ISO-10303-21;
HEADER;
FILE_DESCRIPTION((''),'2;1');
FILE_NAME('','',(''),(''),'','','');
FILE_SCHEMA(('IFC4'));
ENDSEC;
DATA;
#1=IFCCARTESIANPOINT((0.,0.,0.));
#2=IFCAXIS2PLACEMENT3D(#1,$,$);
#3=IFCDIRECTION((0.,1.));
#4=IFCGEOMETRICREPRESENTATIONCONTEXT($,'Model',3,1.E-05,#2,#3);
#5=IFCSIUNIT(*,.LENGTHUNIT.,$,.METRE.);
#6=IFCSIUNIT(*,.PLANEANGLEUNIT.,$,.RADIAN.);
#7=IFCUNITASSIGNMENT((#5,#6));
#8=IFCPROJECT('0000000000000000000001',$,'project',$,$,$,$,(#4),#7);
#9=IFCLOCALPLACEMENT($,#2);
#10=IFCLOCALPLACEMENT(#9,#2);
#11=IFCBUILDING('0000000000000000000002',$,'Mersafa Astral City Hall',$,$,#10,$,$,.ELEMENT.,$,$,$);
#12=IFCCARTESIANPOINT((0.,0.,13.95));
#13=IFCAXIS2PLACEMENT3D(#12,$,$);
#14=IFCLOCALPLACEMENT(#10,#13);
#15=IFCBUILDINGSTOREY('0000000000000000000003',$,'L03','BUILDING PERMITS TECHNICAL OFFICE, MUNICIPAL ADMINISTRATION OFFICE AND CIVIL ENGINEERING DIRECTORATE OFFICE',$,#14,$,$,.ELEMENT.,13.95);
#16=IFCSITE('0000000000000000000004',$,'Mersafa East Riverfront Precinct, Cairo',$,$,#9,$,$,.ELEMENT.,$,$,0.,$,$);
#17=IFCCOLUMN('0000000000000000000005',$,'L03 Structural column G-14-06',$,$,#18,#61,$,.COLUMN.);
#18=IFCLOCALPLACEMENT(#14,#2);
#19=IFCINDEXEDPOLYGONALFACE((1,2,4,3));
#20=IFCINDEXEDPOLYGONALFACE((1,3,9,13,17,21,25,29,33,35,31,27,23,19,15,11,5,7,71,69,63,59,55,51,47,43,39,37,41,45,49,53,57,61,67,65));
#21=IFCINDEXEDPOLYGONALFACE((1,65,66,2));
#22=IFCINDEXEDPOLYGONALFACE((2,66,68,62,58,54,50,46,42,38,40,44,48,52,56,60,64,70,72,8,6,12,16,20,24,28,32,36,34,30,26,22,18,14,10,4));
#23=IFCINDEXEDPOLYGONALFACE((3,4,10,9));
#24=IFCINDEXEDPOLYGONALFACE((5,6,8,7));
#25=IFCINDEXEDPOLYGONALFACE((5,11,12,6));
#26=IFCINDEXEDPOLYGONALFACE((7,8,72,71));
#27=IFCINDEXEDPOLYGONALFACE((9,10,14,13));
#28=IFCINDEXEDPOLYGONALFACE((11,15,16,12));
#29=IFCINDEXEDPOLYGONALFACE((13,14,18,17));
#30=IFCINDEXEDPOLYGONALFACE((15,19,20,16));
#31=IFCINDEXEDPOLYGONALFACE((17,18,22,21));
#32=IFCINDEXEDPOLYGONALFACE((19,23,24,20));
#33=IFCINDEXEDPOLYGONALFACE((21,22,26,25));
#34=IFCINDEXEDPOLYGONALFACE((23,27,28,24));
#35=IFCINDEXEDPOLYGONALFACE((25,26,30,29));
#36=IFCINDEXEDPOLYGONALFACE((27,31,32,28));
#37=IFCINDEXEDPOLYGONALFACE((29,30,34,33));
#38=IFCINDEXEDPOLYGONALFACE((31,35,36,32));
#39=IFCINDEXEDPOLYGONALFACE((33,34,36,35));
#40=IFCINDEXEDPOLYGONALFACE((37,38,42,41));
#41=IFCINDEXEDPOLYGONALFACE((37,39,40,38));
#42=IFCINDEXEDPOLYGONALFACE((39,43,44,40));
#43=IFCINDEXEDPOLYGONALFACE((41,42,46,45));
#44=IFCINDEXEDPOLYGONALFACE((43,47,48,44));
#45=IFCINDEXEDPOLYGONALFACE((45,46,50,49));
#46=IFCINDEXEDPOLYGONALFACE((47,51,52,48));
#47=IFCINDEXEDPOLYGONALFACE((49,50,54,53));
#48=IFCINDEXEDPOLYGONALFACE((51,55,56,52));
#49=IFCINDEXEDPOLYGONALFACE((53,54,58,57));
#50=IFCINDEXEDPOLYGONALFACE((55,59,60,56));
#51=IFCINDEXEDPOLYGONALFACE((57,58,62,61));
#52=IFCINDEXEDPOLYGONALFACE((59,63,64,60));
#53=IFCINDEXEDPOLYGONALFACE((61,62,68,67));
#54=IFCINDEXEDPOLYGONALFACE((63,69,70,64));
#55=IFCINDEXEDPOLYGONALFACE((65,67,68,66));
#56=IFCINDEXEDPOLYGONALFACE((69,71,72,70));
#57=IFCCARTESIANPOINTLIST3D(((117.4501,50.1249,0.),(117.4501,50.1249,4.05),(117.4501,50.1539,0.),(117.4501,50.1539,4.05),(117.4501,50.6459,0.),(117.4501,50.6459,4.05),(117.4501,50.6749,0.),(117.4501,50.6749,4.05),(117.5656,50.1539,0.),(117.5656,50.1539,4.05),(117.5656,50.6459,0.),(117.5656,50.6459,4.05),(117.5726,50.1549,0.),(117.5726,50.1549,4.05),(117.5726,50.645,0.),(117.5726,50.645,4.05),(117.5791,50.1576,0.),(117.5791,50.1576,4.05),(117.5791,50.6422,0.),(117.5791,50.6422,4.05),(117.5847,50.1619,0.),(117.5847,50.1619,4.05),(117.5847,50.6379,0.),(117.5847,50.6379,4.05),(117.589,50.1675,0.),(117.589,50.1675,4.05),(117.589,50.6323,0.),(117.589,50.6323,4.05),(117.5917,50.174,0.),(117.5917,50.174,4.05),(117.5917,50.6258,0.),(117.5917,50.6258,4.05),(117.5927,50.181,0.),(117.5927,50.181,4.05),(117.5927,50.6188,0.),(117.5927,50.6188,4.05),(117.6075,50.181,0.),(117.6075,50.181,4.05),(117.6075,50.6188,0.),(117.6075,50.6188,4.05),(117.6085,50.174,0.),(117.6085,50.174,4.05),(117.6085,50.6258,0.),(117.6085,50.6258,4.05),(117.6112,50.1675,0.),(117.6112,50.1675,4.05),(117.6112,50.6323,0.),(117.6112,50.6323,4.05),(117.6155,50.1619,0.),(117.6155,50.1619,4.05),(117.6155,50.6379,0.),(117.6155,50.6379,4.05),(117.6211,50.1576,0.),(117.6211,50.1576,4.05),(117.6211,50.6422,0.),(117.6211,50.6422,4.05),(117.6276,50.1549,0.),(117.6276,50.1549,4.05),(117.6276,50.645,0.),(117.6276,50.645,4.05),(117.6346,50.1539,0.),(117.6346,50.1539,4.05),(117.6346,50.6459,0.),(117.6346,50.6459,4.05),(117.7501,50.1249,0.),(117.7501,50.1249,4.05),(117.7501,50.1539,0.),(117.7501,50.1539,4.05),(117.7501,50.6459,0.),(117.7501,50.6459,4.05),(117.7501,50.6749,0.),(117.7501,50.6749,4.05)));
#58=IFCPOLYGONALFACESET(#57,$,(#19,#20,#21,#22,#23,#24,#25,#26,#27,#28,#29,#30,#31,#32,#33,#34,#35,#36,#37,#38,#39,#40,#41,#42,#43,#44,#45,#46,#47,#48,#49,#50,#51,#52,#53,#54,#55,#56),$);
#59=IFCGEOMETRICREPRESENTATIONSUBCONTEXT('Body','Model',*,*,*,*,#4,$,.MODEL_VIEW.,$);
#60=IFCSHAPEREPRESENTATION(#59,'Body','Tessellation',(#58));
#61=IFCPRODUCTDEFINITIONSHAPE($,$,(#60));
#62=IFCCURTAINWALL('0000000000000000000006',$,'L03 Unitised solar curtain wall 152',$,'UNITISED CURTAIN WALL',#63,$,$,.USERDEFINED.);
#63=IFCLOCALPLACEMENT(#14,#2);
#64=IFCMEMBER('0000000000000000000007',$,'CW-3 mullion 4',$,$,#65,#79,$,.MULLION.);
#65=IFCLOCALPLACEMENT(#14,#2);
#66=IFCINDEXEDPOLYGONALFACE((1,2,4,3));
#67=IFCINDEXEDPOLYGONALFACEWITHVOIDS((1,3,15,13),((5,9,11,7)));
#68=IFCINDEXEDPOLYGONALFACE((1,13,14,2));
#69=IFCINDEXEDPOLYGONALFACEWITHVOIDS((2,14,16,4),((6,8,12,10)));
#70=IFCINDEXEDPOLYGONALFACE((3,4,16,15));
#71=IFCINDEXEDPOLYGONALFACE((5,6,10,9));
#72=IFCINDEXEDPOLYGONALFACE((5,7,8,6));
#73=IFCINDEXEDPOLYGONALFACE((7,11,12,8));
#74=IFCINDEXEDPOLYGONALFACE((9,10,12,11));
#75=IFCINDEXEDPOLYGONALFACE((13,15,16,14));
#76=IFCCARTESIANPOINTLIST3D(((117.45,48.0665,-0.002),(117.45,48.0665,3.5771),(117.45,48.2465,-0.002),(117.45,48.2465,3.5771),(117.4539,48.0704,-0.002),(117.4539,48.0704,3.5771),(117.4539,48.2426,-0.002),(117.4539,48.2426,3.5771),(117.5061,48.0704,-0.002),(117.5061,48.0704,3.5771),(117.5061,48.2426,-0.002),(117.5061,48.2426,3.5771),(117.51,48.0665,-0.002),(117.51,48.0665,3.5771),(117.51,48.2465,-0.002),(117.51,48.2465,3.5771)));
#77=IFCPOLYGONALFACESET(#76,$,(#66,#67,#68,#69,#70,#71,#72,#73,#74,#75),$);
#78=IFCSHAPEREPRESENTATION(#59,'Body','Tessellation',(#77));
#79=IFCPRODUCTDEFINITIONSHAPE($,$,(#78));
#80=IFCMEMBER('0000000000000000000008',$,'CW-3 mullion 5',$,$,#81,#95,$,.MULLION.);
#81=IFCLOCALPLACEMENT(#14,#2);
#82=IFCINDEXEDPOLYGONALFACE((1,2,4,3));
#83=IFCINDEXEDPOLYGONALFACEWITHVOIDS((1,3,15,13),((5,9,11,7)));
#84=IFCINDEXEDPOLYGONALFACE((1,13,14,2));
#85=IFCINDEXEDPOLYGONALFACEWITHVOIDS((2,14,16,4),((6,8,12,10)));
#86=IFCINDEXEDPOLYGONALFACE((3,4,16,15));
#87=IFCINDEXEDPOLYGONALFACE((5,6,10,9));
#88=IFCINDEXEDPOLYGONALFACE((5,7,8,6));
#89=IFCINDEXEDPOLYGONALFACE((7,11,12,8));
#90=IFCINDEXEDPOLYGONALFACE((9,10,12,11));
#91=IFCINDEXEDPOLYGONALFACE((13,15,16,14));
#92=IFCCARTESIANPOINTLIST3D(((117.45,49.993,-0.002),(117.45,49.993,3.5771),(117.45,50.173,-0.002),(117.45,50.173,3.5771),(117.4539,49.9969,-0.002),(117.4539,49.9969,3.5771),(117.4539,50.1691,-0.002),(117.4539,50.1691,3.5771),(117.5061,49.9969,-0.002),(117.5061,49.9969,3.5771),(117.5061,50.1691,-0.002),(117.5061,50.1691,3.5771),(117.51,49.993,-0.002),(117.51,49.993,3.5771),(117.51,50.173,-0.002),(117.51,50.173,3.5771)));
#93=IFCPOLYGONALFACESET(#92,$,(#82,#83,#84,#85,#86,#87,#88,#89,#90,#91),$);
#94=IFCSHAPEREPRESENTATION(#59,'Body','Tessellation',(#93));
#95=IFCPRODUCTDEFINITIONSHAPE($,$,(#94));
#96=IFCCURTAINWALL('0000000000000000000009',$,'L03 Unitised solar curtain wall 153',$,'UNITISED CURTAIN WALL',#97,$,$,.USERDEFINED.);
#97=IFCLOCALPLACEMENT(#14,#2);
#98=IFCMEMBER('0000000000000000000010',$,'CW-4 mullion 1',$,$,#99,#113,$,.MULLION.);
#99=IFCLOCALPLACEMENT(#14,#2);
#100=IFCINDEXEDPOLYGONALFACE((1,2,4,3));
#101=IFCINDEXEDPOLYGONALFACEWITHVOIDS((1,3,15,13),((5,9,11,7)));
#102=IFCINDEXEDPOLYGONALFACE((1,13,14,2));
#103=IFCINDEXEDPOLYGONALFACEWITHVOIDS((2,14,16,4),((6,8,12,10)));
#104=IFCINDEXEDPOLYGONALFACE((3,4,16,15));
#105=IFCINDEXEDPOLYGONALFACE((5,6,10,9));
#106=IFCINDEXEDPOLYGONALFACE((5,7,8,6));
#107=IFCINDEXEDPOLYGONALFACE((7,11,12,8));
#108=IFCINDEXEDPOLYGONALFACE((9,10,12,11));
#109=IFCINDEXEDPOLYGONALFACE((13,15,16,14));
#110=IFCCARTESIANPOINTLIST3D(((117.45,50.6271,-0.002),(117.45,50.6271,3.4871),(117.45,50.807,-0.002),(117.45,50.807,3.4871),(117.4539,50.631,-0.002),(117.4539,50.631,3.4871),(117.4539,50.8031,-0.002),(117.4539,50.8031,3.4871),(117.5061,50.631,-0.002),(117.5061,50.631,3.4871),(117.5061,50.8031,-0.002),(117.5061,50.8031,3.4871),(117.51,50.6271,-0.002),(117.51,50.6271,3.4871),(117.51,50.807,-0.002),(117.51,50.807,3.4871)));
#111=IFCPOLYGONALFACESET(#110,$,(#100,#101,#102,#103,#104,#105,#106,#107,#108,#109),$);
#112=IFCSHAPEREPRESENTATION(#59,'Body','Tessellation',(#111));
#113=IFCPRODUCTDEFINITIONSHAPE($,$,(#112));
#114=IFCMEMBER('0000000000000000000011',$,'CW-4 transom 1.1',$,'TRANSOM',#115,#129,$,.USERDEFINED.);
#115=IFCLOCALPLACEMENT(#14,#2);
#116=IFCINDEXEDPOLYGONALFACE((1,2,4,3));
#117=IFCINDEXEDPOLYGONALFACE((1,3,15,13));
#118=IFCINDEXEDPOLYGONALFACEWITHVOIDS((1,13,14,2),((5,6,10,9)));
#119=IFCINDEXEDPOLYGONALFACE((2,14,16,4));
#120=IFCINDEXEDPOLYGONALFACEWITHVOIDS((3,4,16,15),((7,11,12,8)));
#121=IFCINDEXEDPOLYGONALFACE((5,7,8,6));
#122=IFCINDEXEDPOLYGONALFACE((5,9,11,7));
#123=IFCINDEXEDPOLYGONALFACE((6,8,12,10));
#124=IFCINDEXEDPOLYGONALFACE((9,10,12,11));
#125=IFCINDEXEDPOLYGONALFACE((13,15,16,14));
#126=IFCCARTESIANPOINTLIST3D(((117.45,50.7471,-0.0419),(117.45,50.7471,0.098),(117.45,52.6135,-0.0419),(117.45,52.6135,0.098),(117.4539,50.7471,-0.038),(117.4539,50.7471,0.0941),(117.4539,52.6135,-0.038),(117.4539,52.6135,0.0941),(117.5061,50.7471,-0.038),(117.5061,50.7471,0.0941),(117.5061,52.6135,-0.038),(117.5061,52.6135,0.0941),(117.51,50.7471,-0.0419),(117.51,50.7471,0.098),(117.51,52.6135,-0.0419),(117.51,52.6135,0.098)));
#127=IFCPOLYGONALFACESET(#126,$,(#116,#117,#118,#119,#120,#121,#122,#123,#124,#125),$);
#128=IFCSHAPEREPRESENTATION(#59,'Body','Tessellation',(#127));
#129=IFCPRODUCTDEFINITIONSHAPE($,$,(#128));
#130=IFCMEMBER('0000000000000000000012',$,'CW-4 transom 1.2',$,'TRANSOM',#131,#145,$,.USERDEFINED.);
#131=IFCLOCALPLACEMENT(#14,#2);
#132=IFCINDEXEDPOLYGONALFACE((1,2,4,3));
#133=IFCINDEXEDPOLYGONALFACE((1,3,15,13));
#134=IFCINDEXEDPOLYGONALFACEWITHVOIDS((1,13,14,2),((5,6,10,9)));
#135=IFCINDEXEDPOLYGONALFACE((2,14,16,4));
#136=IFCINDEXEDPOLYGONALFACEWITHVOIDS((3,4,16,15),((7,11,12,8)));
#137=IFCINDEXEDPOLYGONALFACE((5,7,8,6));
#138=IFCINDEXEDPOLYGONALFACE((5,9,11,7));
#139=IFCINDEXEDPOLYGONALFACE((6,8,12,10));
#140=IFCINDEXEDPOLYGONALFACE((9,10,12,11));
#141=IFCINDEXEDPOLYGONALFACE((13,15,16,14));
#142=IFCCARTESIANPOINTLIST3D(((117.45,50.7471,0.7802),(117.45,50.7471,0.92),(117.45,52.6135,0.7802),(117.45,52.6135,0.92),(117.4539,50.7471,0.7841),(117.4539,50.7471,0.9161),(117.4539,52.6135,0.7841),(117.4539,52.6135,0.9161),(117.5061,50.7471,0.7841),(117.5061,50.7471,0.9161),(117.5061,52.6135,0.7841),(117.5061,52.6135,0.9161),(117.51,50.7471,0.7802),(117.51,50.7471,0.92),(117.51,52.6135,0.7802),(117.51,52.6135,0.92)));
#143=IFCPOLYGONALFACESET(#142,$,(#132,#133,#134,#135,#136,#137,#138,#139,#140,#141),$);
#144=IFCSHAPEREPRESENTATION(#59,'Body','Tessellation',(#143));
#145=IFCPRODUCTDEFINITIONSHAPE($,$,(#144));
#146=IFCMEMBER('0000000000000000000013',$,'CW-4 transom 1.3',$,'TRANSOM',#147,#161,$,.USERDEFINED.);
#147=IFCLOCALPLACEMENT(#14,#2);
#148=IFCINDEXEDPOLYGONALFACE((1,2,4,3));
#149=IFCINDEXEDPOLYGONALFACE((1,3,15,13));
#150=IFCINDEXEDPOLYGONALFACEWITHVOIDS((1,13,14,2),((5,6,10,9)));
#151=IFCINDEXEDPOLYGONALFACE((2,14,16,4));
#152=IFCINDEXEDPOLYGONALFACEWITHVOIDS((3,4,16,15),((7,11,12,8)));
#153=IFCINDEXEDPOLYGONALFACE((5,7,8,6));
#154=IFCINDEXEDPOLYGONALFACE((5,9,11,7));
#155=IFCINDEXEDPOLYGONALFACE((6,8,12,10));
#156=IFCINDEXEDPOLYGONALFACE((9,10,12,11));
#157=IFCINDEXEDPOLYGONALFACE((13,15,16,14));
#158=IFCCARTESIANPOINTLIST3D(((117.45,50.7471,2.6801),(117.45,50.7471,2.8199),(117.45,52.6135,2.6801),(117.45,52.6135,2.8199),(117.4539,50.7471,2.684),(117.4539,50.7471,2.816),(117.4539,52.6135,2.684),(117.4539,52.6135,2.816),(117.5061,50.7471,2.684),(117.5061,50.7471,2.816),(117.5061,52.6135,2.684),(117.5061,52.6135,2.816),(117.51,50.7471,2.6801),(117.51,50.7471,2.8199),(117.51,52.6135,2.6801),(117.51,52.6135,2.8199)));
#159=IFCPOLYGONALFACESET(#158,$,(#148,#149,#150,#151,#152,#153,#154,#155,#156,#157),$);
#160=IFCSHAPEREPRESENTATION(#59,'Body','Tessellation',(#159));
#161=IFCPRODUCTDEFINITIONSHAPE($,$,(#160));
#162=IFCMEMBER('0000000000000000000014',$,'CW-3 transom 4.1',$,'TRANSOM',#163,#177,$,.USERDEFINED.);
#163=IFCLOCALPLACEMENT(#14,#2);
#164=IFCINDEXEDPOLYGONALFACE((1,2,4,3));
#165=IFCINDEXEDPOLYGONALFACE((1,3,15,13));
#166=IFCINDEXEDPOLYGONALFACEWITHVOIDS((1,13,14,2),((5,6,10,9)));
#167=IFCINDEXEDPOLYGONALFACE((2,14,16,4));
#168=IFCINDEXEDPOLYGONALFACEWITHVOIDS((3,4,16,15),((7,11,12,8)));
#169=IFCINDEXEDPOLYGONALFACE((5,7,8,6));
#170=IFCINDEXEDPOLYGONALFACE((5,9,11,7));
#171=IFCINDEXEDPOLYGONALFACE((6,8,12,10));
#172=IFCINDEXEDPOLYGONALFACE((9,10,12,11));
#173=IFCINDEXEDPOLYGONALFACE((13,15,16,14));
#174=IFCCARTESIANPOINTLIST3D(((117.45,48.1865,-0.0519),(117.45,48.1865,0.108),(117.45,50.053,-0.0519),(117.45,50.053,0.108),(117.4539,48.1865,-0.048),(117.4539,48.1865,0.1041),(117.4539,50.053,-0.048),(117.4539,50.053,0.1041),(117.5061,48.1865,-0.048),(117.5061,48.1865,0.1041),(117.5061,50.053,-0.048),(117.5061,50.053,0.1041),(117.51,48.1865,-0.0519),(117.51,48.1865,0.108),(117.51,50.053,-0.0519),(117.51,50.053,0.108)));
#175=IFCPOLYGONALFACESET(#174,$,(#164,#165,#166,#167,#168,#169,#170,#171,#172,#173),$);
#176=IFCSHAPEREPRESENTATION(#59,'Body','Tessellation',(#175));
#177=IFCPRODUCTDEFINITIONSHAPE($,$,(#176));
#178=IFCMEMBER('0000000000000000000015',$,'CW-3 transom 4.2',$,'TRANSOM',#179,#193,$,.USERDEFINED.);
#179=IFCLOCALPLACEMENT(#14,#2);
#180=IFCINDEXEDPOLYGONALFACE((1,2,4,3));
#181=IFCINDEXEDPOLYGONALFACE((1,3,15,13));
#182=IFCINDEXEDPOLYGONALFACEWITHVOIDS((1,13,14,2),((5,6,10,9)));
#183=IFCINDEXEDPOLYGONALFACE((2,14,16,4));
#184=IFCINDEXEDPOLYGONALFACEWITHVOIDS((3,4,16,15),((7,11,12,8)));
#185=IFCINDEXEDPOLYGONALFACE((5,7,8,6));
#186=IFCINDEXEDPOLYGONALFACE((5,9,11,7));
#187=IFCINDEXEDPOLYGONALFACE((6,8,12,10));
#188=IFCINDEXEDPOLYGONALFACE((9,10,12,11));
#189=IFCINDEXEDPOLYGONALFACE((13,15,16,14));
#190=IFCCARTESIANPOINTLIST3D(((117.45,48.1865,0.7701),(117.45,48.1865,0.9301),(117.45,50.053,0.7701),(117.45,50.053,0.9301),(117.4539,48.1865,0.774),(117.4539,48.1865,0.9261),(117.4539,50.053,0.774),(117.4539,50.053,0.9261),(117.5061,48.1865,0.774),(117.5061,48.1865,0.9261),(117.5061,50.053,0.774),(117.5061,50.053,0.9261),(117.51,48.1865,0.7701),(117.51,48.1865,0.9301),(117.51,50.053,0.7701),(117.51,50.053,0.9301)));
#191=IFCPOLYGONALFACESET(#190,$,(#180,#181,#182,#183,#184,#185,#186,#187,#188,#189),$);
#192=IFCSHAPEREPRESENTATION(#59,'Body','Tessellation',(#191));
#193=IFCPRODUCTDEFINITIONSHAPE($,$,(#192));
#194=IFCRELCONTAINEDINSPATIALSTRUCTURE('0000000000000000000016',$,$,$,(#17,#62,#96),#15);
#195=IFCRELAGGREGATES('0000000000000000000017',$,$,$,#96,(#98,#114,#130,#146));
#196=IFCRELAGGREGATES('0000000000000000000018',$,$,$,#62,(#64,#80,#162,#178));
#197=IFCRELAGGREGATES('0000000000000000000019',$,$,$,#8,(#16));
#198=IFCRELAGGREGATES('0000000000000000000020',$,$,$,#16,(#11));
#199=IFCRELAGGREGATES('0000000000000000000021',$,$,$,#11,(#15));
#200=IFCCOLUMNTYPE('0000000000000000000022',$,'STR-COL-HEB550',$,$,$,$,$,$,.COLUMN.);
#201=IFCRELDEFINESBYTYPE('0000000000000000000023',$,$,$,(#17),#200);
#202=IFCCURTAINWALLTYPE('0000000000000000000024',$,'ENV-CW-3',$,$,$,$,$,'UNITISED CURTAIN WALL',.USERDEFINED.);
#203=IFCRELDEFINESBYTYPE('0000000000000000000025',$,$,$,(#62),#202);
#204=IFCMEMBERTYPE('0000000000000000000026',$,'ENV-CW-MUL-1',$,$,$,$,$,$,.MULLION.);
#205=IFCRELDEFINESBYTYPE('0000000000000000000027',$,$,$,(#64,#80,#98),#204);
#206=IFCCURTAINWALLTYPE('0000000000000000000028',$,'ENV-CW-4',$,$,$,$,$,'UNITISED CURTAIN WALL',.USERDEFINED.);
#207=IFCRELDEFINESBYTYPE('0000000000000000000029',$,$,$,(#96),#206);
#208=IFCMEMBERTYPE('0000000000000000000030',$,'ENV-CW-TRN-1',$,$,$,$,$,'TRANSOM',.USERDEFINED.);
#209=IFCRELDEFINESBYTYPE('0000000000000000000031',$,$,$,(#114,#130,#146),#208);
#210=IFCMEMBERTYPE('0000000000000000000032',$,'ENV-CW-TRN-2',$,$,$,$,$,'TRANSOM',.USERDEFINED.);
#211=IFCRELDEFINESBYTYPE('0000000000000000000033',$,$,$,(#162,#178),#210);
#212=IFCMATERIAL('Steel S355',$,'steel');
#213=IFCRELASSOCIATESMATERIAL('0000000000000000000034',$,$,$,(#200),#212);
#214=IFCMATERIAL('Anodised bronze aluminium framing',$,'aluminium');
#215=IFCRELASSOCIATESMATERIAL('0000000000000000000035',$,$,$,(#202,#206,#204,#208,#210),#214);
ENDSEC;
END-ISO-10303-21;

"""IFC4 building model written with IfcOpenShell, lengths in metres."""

from ifc_helpers import new_model, si_unit, direction, frame, origin, origin_2d, place, context, subcontext, project, spatial, hollow_rectangle, i_section, extrude, material, material_profile, profile_set, type_object, element, aggregate, save


model = new_model("IFC4")

# Units and contexts
model_context = context("Model", 3, precision=1e-05, world=origin(), true_north=direction((0.0, 1.0)))
body_context = subcontext(model_context, "Body", "Model", "MODEL_VIEW")
ifc_project = project(units=[si_unit("LENGTHUNIT", "METRE"), si_unit("PLANEANGLEUNIT", "RADIAN")], contexts=[model_context])

# Site, building, storey
site_placement = place(None, origin())
site = spatial("IfcSite", under=ifc_project, at=site_placement, Name="Mersafa East Riverfront Precinct, Cairo", CompositionType="ELEMENT", RefElevation=0.0)
building_placement = place(site_placement, origin())
building = spatial("IfcBuilding", under=site, at=building_placement, Name="Mersafa Astral City Hall", CompositionType="ELEMENT")
storey_placement = place(building_placement, frame((0.0, 0.0, 13.95)))
storey = spatial("IfcBuildingStorey", under=building, at=storey_placement, Name="L03", Description="BUILDING PERMITS TECHNICAL OFFICE, MUNICIPAL ADMINISTRATION OFFICE AND CIVIL ENGINEERING DIRECTORATE OFFICE", CompositionType="ELEMENT", Elevation=13.95)

# Column
ifc_material_1 = material(Name="Steel S355", Category="steel")
ifc_material_profile_1 = material_profile(ifc_material_1, i_section(OverallWidth=0.3, OverallDepth=0.55, WebThickness=0.0149, FlangeThickness=0.0291, FilletRadius=0.0271, at=origin_2d()), Name="HEB 550")
ifc_profile_set_1 = profile_set([ifc_material_profile_1], Name="Steel S355")
column_type = type_object("IfcColumnType", Name="STR-COL-HEB550", PredefinedType="COLUMN", material=ifc_profile_set_1)
column_placement = place(storey_placement, frame((117.6001, 50.3999, 0.0), z_axis=(0.0, 0.0, 1.0), x_axis=(1.0, 0.0, 0.0)))
element("IfcColumn", 1, at=column_placement, inside=storey, type_object=column_type, Name="L03 Structural column G-14-06", PredefinedType="COLUMN", context=body_context, shape_type="SweptSolid", body=[
    extrude(i_section(OverallWidth=0.3, OverallDepth=0.55, WebThickness=0.0149, FlangeThickness=0.0291, FilletRadius=0.0271, at=origin_2d()), origin(), (0.0, 0.0, 1.0), 4.05),
])

# Curtain walls, members
ifc_material_2 = material(Name="Anodised bronze aluminium framing", Category="aluminium")
curtain_wall_type_1 = type_object("IfcCurtainWallType", Name="ENV-CW-3", ElementType="UNITISED CURTAIN WALL", PredefinedType="USERDEFINED", material=ifc_material_2)
curtain_wall_1_placement = place(storey_placement, origin())
curtain_wall_1 = element("IfcCurtainWall", 2, at=curtain_wall_1_placement, inside=storey, type_object=curtain_wall_type_1, Name="L03 Unitised solar curtain wall 152", ObjectType="UNITISED CURTAIN WALL", PredefinedType="USERDEFINED")
ifc_material_profile_2 = material_profile(ifc_material_2, hollow_rectangle(XDim=0.0601, YDim=0.1799, WallThickness=0.0039, at=origin_2d()), Name="RHS 60x180x4")
ifc_profile_set_2 = profile_set([ifc_material_profile_2], Name="Anodised bronze aluminium framing")
member_type_1 = type_object("IfcMemberType", Name="ENV-CW-MUL-1", PredefinedType="MULLION", material=ifc_profile_set_2)
member_1_placement = place(storey_placement, frame((117.48, 48.1565, -0.002), z_axis=(0.0, 0.0, 1.0), x_axis=(-1.0, 0.0, 0.0)))
member_1 = element("IfcMember", 3, at=member_1_placement, type_object=member_type_1, Name="CW-3 mullion 4", PredefinedType="MULLION", context=body_context, shape_type="SweptSolid", body=[
    extrude(hollow_rectangle(XDim=0.0601, YDim=0.1799, WallThickness=0.0039, at=origin_2d()), origin(), (0.0, 0.0, 1.0), 3.5791),
])
member_2_placement = place(storey_placement, frame((117.48, 50.083, -0.002), z_axis=(0.0, 0.0, 1.0), x_axis=(-1.0, 0.0, 0.0)))
member_2 = element("IfcMember", 4, at=member_2_placement, type_object=member_type_1, Name="CW-3 mullion 5", PredefinedType="MULLION", context=body_context, shape_type="SweptSolid", body=[
    extrude(hollow_rectangle(XDim=0.0601, YDim=0.1799, WallThickness=0.0039, at=origin_2d()), origin(), (0.0, 0.0, 1.0), 3.5791),
])
curtain_wall_type_2 = type_object("IfcCurtainWallType", Name="ENV-CW-4", ElementType="UNITISED CURTAIN WALL", PredefinedType="USERDEFINED", material=ifc_material_2)
curtain_wall_2_placement = place(storey_placement, origin())
curtain_wall_2 = element("IfcCurtainWall", 5, at=curtain_wall_2_placement, inside=storey, type_object=curtain_wall_type_2, Name="L03 Unitised solar curtain wall 153", ObjectType="UNITISED CURTAIN WALL", PredefinedType="USERDEFINED")
member_3_placement = place(storey_placement, frame((117.48, 50.717, -0.002), z_axis=(0.0, 0.0, 1.0), x_axis=(-1.0, 0.0, 0.0)))
member_3 = element("IfcMember", 6, at=member_3_placement, type_object=member_type_1, Name="CW-4 mullion 1", PredefinedType="MULLION", context=body_context, shape_type="SweptSolid", body=[
    extrude(hollow_rectangle(XDim=0.0601, YDim=0.1799, WallThickness=0.0039, at=origin_2d()), origin(), (0.0, 0.0, 1.0), 3.489),
])
ifc_material_profile_3 = material_profile(ifc_material_2, hollow_rectangle(XDim=0.0601, YDim=0.1399, WallThickness=0.0039, at=origin_2d()), Name="RHS 60x140x4")
ifc_profile_set_3 = profile_set([ifc_material_profile_3], Name="Anodised bronze aluminium framing")
member_type_2 = type_object("IfcMemberType", Name="ENV-CW-TRN-1", ElementType="TRANSOM", PredefinedType="USERDEFINED", material=ifc_profile_set_3)
member_4_placement = place(storey_placement, frame((117.48, 50.7471, 0.0281), z_axis=(0.0, 1.0, 0.0), x_axis=(-1.0, 0.0, 0.0)))
member_4 = element("IfcMember", 7, at=member_4_placement, type_object=member_type_2, Name="CW-4 transom 1.1", ObjectType="TRANSOM", PredefinedType="USERDEFINED", context=body_context, shape_type="SweptSolid", body=[
    extrude(hollow_rectangle(XDim=0.0601, YDim=0.1399, WallThickness=0.0039, at=origin_2d()), origin(), (0.0, 0.0, 1.0), 1.8665),
])
member_5_placement = place(storey_placement, frame((117.48, 50.7471, 0.8501), z_axis=(0.0, 1.0, 0.0), x_axis=(-1.0, 0.0, 0.0)))
member_5 = element("IfcMember", 8, at=member_5_placement, type_object=member_type_2, Name="CW-4 transom 1.2", ObjectType="TRANSOM", PredefinedType="USERDEFINED", context=body_context, shape_type="SweptSolid", body=[
    extrude(hollow_rectangle(XDim=0.0601, YDim=0.1399, WallThickness=0.0039, at=origin_2d()), origin(), (0.0, 0.0, 1.0), 1.8665),
])
member_6_placement = place(storey_placement, frame((117.48, 50.7471, 2.75), z_axis=(0.0, 1.0, 0.0), x_axis=(-1.0, 0.0, 0.0)))
member_6 = element("IfcMember", 9, at=member_6_placement, type_object=member_type_2, Name="CW-4 transom 1.3", ObjectType="TRANSOM", PredefinedType="USERDEFINED", context=body_context, shape_type="SweptSolid", body=[
    extrude(hollow_rectangle(XDim=0.0601, YDim=0.1399, WallThickness=0.0039, at=origin_2d()), origin(), (0.0, 0.0, 1.0), 1.8665),
])
aggregate(curtain_wall_2, [member_3, member_4, member_5, member_6])

# Members
ifc_material_profile_4 = material_profile(ifc_material_2, hollow_rectangle(XDim=0.0601, YDim=0.1599, WallThickness=0.0039, at=origin_2d()), Name="RHS 60x160x4")
ifc_profile_set_4 = profile_set([ifc_material_profile_4], Name="Anodised bronze aluminium framing")
member_type_3 = type_object("IfcMemberType", Name="ENV-CW-TRN-2", ElementType="TRANSOM", PredefinedType="USERDEFINED", material=ifc_profile_set_4)
member_7_placement = place(storey_placement, frame((117.48, 48.1865, 0.0281), z_axis=(0.0, 1.0, 0.0), x_axis=(-1.0, 0.0, 0.0)))
member_7 = element("IfcMember", 10, at=member_7_placement, type_object=member_type_3, Name="CW-3 transom 4.1", ObjectType="TRANSOM", PredefinedType="USERDEFINED", context=body_context, shape_type="SweptSolid", body=[
    extrude(hollow_rectangle(XDim=0.0601, YDim=0.1599, WallThickness=0.0039, at=origin_2d()), origin(), (0.0, 0.0, 1.0), 1.8665),
])
member_8_placement = place(storey_placement, frame((117.48, 48.1865, 0.8501), z_axis=(0.0, 1.0, 0.0), x_axis=(-1.0, 0.0, 0.0)))
member_8 = element("IfcMember", 11, at=member_8_placement, type_object=member_type_3, Name="CW-3 transom 4.2", ObjectType="TRANSOM", PredefinedType="USERDEFINED", context=body_context, shape_type="SweptSolid", body=[
    extrude(hollow_rectangle(XDim=0.0601, YDim=0.1599, WallThickness=0.0039, at=origin_2d()), origin(), (0.0, 0.0, 1.0), 1.8665),
])

aggregate(curtain_wall_1, [member_1, member_2, member_7, member_8])

save(model, "model.ifc")
